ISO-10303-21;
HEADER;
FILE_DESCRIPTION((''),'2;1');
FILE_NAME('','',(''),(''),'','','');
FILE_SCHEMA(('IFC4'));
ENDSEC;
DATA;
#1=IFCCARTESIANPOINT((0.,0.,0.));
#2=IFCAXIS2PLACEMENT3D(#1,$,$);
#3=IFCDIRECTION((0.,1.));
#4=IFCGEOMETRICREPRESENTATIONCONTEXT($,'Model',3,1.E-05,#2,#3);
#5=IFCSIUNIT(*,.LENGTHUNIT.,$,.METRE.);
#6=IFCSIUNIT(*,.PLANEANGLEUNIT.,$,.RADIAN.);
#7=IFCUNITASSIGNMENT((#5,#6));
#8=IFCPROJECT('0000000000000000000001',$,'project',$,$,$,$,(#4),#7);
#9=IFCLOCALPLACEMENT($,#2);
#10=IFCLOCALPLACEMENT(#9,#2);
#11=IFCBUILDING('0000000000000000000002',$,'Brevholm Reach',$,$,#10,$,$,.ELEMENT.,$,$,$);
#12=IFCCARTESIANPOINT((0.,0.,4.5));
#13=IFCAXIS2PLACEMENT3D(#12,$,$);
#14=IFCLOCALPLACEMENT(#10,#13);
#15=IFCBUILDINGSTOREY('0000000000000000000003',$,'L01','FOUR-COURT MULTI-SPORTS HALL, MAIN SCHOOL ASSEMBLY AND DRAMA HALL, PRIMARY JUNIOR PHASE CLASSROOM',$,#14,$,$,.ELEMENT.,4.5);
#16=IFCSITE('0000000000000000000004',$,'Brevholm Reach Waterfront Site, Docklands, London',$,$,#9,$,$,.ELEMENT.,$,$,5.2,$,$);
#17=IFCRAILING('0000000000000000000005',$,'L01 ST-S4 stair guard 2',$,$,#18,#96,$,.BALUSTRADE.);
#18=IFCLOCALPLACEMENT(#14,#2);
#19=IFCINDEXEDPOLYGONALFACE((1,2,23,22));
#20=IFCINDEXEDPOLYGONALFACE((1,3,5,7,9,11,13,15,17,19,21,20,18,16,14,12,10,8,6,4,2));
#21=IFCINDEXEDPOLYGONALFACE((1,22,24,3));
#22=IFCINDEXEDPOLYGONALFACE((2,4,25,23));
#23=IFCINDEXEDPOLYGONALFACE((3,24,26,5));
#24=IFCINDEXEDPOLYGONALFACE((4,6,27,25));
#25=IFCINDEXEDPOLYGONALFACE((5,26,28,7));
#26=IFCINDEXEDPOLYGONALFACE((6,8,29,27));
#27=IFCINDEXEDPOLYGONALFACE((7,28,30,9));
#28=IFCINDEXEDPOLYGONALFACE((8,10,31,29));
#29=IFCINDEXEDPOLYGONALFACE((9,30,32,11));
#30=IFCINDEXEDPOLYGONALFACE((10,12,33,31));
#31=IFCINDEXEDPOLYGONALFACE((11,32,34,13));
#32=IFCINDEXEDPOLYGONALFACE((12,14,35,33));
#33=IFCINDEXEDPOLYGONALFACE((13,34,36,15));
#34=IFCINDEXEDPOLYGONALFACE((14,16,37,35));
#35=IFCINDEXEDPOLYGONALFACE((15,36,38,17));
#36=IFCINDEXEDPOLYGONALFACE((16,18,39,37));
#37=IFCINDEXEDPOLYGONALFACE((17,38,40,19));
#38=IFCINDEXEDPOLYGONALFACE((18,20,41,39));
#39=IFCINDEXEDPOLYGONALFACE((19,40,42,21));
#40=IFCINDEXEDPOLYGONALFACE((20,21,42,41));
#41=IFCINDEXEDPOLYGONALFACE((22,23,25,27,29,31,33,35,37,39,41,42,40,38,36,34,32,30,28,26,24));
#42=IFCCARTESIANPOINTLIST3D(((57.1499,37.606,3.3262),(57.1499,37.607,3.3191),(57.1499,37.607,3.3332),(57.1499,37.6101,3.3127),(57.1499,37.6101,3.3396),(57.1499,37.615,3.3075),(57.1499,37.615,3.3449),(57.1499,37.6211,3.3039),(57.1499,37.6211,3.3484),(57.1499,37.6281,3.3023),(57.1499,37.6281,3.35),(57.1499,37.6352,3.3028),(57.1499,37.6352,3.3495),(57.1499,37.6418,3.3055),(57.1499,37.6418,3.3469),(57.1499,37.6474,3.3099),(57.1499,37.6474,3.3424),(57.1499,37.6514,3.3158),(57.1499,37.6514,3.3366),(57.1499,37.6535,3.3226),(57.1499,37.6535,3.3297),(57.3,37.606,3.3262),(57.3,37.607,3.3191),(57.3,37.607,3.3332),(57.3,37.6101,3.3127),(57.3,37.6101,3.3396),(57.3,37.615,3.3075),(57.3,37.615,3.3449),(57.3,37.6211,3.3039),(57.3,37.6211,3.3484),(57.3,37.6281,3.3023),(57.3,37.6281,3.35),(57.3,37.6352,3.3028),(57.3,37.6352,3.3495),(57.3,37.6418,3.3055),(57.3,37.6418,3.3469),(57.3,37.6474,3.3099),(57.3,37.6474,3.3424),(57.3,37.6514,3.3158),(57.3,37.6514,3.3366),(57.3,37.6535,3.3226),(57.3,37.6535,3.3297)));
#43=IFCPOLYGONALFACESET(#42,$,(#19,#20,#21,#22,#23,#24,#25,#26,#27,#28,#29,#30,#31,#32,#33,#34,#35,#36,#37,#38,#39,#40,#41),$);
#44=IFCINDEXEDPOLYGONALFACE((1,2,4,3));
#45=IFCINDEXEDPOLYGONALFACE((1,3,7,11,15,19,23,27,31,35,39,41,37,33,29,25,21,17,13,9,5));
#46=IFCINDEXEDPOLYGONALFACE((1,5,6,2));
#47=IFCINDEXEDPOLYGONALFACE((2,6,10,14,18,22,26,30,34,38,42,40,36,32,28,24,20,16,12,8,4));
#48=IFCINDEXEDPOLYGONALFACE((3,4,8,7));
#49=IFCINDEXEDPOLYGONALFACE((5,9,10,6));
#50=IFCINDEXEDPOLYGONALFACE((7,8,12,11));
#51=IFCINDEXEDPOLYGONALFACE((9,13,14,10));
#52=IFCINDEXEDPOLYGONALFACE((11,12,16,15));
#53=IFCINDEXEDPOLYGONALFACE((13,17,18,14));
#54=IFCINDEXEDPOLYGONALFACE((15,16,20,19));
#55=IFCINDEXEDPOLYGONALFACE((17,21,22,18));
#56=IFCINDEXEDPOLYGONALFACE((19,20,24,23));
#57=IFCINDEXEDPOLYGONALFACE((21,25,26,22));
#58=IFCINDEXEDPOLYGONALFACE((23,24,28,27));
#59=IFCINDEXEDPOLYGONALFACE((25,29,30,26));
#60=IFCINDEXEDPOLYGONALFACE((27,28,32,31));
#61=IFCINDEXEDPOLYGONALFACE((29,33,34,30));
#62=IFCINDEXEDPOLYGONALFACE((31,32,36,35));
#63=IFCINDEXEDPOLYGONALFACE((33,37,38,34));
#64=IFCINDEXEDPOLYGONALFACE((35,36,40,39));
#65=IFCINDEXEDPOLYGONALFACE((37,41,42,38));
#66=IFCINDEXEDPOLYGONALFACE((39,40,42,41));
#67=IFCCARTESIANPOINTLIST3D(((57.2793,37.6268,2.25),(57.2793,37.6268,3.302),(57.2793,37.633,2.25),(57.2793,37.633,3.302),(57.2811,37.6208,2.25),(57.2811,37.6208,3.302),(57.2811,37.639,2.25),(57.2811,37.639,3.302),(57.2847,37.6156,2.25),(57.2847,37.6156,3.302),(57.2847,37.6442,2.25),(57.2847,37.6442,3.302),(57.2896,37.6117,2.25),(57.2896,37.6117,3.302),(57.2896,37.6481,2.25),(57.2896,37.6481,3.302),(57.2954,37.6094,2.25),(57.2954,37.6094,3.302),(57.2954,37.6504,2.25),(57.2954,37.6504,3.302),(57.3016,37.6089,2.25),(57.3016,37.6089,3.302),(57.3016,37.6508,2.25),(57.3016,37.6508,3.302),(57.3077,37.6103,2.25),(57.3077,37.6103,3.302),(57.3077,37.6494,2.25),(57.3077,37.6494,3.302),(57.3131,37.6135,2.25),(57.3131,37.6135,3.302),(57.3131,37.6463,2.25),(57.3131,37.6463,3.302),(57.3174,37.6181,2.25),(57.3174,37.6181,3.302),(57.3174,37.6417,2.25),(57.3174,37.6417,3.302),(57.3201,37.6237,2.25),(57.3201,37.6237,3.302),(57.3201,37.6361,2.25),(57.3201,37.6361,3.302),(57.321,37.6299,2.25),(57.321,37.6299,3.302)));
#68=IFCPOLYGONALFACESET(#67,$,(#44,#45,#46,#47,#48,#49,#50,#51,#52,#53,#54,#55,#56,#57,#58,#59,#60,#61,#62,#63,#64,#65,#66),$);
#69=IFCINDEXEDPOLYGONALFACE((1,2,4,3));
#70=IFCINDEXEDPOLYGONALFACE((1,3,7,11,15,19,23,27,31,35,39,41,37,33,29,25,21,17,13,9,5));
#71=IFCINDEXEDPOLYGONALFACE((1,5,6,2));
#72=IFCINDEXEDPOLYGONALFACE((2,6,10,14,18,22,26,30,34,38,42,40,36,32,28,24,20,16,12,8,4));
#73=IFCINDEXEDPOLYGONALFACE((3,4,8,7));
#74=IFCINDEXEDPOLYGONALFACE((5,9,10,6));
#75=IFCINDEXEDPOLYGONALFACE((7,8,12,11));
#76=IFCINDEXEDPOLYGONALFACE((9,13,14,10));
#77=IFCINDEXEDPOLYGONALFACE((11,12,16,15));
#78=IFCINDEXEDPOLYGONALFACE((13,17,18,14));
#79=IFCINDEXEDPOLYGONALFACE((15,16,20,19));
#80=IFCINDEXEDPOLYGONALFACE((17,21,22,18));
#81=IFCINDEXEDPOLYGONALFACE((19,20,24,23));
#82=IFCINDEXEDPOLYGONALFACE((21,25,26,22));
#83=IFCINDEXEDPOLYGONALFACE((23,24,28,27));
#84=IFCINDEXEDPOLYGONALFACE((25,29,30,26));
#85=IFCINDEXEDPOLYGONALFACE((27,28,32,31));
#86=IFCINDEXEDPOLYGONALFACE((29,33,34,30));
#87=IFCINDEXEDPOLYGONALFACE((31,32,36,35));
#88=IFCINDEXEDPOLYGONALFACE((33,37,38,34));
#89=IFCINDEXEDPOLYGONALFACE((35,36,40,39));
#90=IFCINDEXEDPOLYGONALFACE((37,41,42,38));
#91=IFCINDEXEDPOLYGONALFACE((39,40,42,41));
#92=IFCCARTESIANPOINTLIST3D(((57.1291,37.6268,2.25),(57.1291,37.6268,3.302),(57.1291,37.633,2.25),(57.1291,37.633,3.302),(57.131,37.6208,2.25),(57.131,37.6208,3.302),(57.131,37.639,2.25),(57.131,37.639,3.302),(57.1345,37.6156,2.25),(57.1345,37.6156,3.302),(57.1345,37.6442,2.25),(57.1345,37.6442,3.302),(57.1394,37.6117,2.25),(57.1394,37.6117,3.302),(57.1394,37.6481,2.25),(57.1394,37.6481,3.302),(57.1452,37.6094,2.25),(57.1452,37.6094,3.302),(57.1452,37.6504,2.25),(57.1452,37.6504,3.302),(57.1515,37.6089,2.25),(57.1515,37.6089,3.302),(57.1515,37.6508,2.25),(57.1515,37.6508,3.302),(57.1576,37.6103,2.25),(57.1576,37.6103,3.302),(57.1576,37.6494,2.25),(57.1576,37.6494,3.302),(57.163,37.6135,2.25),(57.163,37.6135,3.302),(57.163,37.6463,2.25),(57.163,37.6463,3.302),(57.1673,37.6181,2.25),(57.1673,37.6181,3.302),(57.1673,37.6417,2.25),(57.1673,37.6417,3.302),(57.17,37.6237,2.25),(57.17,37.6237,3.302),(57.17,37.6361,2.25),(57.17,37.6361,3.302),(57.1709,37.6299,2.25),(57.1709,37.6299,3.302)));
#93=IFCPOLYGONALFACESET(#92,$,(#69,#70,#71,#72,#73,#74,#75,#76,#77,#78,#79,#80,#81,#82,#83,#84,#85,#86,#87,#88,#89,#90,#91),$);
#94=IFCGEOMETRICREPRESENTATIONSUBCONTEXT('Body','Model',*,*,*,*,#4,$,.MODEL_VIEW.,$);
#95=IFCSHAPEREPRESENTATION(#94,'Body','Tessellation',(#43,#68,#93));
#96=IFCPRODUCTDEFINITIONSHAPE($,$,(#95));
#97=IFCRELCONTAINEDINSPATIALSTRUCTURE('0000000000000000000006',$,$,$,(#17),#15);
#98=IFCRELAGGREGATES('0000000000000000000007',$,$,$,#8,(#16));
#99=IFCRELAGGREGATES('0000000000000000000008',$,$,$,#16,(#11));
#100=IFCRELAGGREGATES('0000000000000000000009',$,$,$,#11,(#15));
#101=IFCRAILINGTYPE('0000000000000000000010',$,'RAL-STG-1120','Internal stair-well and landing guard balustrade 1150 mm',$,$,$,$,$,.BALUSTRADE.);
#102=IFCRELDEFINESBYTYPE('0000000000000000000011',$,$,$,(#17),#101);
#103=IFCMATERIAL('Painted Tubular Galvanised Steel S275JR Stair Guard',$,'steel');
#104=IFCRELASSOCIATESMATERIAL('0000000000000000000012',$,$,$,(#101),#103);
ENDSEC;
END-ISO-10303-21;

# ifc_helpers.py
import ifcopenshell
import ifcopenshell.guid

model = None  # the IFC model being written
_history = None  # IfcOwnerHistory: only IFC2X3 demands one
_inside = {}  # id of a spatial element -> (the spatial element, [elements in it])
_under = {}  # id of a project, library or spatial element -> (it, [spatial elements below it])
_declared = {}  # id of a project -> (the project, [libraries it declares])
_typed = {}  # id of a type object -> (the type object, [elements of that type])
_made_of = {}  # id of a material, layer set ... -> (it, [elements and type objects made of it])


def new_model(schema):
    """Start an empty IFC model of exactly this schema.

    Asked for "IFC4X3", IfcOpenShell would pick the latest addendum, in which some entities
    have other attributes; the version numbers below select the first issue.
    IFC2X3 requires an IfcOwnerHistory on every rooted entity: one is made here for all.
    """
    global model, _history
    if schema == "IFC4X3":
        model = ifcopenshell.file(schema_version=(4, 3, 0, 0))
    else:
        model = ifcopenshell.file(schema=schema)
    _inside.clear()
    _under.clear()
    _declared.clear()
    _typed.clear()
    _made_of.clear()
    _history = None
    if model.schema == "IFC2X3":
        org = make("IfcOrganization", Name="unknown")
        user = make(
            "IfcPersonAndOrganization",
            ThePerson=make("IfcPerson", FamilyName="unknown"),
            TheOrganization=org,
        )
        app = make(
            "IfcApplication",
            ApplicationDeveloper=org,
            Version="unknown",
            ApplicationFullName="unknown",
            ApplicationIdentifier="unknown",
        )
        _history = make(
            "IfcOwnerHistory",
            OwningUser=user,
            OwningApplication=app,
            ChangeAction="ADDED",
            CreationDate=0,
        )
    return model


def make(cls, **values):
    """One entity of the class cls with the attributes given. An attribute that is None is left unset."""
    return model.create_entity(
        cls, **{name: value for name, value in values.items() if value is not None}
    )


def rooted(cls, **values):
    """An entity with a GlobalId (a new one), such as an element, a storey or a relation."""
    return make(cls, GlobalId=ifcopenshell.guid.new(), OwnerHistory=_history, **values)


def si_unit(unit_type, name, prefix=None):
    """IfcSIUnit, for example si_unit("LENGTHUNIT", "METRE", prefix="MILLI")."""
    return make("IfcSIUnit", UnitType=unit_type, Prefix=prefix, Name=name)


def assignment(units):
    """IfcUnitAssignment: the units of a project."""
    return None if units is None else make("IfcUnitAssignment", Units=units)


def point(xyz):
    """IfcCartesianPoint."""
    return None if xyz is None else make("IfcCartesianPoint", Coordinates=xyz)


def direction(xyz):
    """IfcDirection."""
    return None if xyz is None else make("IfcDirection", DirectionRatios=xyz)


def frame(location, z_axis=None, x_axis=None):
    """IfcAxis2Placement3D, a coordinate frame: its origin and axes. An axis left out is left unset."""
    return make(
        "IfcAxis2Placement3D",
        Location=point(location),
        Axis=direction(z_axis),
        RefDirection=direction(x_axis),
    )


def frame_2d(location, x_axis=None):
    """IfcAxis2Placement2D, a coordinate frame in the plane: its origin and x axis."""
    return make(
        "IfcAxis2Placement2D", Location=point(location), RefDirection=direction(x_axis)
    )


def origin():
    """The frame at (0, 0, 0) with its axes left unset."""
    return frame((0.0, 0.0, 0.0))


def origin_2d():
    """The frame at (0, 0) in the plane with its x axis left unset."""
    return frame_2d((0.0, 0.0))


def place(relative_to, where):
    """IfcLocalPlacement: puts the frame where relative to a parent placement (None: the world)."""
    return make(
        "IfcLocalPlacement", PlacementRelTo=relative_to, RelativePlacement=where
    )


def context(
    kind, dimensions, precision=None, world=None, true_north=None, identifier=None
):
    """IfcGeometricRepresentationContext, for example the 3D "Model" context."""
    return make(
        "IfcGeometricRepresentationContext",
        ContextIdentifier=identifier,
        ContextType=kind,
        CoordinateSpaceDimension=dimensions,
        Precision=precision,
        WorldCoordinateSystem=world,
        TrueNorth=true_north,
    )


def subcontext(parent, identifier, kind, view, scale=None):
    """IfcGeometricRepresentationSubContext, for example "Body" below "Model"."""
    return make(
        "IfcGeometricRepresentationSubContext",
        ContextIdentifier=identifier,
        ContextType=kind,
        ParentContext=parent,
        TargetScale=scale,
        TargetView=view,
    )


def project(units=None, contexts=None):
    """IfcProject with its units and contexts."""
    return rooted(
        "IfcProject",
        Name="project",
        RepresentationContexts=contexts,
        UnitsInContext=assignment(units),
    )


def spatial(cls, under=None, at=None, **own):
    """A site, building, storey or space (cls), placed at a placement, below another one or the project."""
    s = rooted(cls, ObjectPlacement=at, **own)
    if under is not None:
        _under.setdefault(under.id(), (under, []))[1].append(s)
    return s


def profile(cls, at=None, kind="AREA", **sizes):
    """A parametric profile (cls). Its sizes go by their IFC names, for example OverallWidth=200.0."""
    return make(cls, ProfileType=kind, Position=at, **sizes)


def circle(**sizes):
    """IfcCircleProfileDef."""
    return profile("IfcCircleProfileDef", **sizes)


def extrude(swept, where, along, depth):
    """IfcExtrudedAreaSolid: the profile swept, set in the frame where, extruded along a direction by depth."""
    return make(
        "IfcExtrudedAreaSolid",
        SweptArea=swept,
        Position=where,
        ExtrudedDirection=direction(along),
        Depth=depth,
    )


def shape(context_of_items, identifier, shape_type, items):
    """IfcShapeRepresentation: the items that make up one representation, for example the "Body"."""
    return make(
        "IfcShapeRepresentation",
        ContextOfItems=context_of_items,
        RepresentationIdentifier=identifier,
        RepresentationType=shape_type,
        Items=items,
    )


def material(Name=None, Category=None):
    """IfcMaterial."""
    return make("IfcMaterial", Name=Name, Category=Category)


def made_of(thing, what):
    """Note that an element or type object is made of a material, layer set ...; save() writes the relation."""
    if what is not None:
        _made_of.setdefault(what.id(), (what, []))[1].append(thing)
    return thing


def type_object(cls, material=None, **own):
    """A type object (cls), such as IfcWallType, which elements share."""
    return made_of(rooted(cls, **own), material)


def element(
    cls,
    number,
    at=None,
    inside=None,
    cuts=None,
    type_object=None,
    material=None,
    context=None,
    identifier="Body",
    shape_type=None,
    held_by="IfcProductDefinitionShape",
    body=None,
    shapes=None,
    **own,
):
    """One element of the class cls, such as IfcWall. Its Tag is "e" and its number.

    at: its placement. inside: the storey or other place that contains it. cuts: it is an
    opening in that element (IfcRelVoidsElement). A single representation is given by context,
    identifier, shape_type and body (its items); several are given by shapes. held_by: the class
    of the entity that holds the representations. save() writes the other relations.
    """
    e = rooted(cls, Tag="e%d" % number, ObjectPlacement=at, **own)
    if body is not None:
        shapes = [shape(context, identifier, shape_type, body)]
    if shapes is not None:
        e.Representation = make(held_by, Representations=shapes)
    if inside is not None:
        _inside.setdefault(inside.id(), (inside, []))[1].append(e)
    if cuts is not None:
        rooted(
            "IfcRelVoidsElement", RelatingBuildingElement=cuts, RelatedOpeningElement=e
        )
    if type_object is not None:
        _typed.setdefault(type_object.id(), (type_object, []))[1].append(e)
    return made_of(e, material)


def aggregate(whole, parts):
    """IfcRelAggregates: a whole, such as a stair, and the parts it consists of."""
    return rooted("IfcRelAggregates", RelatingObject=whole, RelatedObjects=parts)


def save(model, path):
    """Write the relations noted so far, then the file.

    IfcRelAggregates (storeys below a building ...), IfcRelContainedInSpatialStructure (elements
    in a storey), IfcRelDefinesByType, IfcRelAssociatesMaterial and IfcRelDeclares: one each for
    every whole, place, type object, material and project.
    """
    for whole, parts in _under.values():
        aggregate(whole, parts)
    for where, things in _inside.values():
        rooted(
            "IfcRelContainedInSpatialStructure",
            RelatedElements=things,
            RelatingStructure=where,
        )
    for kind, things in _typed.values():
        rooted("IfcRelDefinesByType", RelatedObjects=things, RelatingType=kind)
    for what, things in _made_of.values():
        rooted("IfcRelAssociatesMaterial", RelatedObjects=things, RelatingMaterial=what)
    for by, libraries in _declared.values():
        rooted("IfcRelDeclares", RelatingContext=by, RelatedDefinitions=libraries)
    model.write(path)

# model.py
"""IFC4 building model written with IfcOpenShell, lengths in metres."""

from ifc_helpers import new_model, si_unit, direction, frame, origin, origin_2d, place, context, subcontext, project, spatial, circle, extrude, material, type_object, element, save


model = new_model("IFC4")

# Units and contexts
model_context = context("Model", 3, precision=1e-05, world=origin(), true_north=direction((0.0, 1.0)))
body_context = subcontext(model_context, "Body", "Model", "MODEL_VIEW")
ifc_project = project(units=[si_unit("LENGTHUNIT", "METRE"), si_unit("PLANEANGLEUNIT", "RADIAN")], contexts=[model_context])

# Site, building, storey
site_placement = place(None, origin())
site = spatial("IfcSite", under=ifc_project, at=site_placement, Name="Brevholm Reach Waterfront Site, Docklands, London", CompositionType="ELEMENT", RefElevation=5.2)
building_placement = place(site_placement, origin())
building = spatial("IfcBuilding", under=site, at=building_placement, Name="Brevholm Reach", CompositionType="ELEMENT")
storey_placement = place(building_placement, frame((0.0, 0.0, 4.5)))
storey = spatial("IfcBuildingStorey", under=building, at=storey_placement, Name="L01", Description="FOUR-COURT MULTI-SPORTS HALL, MAIN SCHOOL ASSEMBLY AND DRAMA HALL, PRIMARY JUNIOR PHASE CLASSROOM", CompositionType="ELEMENT", Elevation=4.5)

# Railing
ifc_material_1 = material(Name="Painted Tubular Galvanised Steel S275JR Stair Guard", Category="steel")
railing_type_1 = type_object("IfcRailingType", Name="RAL-STG-1120", Description="Internal stair-well and landing guard balustrade 1150 mm", PredefinedType="BALUSTRADE", material=ifc_material_1)
railing_1_placement = place(storey_placement, frame((57.3, 37.6299, 2.25)))
element("IfcRailing", 1, at=railing_1_placement, inside=storey, type_object=railing_type_1, Name="L01 ST-S4 stair guard 2", PredefinedType="BALUSTRADE", context=body_context, shape_type="SweptSolid", body=[
    extrude(circle(Radius=0.0239, at=origin_2d()), frame((0.0, 0.0, 1.0762), z_axis=(-1.0, 0.0, 0.0), x_axis=(0.0, -1.0, 0.0)), (0.0, 0.0, 1.0), 0.1501),
    extrude(circle(Radius=0.021, at=origin_2d()), origin(), (0.0, 0.0, 1.0), 1.052),
    extrude(circle(Radius=0.021, at=origin_2d()), frame((-0.1501, 0.0, 0.0)), (0.0, 0.0, 1.0), 1.052),
])

save(model, "model.ifc")
